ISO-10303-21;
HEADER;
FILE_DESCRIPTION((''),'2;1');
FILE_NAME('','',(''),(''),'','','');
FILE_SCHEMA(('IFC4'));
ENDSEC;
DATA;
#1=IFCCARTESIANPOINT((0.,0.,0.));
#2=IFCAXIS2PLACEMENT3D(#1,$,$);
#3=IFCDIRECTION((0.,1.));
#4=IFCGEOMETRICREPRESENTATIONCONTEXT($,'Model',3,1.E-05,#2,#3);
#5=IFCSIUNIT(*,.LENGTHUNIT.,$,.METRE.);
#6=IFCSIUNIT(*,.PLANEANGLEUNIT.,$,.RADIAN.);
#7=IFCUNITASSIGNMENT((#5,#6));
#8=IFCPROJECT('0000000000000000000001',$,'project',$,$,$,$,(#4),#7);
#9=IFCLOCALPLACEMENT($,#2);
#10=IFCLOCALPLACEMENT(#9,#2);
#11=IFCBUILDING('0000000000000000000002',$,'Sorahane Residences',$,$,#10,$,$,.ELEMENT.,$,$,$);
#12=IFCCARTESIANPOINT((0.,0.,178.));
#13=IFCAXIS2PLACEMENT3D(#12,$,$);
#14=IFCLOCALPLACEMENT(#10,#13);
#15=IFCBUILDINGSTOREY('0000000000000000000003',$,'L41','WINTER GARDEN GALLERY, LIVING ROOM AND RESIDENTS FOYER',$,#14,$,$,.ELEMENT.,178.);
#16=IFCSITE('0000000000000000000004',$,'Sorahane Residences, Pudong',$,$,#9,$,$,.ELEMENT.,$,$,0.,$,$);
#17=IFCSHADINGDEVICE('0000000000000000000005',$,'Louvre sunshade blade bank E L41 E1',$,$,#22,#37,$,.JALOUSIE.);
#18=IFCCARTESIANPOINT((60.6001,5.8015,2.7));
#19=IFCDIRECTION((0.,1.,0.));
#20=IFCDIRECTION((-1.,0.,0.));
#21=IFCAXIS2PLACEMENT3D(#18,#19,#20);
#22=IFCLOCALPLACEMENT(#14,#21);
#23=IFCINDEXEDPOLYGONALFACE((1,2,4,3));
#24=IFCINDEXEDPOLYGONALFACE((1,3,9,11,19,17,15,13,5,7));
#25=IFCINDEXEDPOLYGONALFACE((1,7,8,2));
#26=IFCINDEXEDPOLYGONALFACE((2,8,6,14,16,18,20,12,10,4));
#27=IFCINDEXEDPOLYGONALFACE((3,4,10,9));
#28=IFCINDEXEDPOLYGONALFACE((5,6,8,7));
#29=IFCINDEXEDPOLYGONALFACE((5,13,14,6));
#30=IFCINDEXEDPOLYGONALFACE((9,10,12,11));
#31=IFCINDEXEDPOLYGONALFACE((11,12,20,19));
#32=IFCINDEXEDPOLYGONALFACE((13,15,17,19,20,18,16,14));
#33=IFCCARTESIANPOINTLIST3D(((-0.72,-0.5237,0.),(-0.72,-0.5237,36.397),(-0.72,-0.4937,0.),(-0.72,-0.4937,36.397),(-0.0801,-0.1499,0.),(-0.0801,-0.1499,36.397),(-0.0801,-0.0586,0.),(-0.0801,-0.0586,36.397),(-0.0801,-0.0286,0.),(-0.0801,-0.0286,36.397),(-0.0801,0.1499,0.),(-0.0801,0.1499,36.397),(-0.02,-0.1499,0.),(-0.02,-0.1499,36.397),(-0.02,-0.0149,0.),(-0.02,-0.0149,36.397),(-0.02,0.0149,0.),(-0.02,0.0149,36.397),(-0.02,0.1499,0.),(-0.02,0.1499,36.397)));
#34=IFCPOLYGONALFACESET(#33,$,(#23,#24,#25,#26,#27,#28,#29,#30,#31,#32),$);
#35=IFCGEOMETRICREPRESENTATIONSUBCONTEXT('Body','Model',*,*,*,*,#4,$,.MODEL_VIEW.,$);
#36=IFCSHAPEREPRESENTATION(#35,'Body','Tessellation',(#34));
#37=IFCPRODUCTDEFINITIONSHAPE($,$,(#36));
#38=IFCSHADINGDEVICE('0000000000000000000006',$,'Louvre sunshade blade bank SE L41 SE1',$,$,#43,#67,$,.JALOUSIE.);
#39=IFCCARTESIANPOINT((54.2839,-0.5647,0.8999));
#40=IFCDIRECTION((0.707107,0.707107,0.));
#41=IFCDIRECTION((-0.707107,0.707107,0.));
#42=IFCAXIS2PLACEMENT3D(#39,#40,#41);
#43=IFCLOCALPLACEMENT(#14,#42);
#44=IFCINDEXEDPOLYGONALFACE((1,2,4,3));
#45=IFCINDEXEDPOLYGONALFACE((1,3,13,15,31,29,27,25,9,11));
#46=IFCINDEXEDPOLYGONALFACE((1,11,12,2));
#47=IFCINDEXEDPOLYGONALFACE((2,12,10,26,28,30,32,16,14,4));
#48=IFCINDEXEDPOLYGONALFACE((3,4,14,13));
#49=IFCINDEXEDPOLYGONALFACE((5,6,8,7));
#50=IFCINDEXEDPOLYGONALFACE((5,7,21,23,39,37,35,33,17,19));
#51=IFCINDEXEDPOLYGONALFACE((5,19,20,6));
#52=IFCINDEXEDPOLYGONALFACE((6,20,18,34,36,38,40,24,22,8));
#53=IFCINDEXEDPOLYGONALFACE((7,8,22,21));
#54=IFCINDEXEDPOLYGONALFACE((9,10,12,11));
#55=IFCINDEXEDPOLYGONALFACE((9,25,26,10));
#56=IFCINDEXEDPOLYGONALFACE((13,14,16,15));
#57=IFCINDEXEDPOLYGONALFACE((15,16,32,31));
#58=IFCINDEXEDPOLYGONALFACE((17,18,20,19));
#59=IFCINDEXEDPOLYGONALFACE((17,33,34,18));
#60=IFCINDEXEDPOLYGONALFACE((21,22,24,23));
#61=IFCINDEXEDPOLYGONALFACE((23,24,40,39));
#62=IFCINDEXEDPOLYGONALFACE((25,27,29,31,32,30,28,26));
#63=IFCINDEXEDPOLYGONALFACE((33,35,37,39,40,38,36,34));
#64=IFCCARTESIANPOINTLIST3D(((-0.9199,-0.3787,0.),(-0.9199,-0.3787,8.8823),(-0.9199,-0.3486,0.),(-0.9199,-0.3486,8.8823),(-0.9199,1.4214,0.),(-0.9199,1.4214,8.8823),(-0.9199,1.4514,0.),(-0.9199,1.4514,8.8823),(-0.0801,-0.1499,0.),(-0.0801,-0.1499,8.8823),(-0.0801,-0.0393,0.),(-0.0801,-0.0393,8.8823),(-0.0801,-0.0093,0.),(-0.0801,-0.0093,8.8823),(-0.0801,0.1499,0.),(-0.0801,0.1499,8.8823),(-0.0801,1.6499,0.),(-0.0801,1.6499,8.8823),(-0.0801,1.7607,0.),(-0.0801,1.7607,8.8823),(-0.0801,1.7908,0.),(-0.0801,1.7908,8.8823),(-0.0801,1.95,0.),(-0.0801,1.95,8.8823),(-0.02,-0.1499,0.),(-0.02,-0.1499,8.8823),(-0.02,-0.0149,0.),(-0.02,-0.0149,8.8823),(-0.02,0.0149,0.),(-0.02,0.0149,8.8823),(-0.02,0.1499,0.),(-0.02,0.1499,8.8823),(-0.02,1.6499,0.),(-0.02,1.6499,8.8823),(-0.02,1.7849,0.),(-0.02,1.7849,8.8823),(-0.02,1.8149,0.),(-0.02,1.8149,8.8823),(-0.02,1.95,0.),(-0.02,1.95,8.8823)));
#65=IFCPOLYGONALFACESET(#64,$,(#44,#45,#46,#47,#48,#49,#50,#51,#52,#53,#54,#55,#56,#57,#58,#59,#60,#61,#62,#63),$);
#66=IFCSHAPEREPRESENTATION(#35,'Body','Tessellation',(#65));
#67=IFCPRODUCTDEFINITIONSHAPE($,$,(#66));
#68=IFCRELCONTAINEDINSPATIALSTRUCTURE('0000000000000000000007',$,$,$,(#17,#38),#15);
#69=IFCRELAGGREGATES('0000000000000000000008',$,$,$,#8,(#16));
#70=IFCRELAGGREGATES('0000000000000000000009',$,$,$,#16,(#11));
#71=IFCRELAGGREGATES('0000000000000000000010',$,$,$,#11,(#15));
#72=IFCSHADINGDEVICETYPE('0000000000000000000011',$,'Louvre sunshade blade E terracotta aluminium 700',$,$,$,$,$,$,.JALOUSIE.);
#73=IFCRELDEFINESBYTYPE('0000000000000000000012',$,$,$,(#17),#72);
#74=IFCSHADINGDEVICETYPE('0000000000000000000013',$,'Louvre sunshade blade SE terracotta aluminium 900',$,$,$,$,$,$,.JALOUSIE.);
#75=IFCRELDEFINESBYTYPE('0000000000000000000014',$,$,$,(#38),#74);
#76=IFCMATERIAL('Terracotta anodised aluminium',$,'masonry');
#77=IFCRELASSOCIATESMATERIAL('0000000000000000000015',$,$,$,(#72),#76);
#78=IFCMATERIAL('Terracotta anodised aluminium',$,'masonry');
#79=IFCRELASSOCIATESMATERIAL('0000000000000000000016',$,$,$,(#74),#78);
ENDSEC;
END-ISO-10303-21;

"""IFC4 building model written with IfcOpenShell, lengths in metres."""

from ifc_helpers import new_model, si_unit, direction, frame, origin, place, context, subcontext, project, spatial, polyline, outline, composite_profile, extrude, material, type_object, element, save


model = new_model("IFC4")

# Units and contexts
model_context = context("Model", 3, precision=1e-05, world=origin(), true_north=direction((0.0, 1.0)))
body_context = subcontext(model_context, "Body", "Model", "MODEL_VIEW")
ifc_project = project(units=[si_unit("LENGTHUNIT", "METRE"), si_unit("PLANEANGLEUNIT", "RADIAN")], contexts=[model_context])

# Site, building, storey
site_placement = place(None, origin())
site = spatial("IfcSite", under=ifc_project, at=site_placement, Name="Sorahane Residences, Pudong", CompositionType="ELEMENT", RefElevation=0.0)
building_placement = place(site_placement, origin())
building = spatial("IfcBuilding", under=site, at=building_placement, Name="Sorahane Residences", CompositionType="ELEMENT")
storey_placement = place(building_placement, frame((0.0, 0.0, 178.0)))
storey = spatial("IfcBuildingStorey", under=building, at=storey_placement, Name="L41", Description="WINTER GARDEN GALLERY, LIVING ROOM AND RESIDENTS FOYER", CompositionType="ELEMENT", Elevation=178.0)

# Shading devices
ifc_material_1 = material(Name="Terracotta anodised aluminium", Category="masonry")
shading_device_type_1 = type_object("IfcShadingDeviceType", Name="Louvre sunshade blade E terracotta aluminium 700", PredefinedType="JALOUSIE", material=ifc_material_1)
shading_device_1_placement = place(storey_placement, frame((60.6001, 5.8015, 2.7), z_axis=(0.0, 1.0, 0.0), x_axis=(-1.0, 0.0, 0.0)))
element("IfcShadingDevice", 1, at=shading_device_1_placement, inside=storey, type_object=shading_device_type_1, Name="Louvre sunshade blade bank E L41 E1", PredefinedType="JALOUSIE", context=body_context, shape_type="SweptSolid", body=[
    extrude(outline(polyline([(-0.72, -0.4937), (-0.72, -0.5237), (-0.0801, -0.0586), (-0.0801, -0.1499), (-0.02, -0.1499), (-0.02, -0.0149), (-0.02, 0.0149), (-0.02, 0.1499), (-0.0801, 0.1499), (-0.0801, -0.0286), (-0.72, -0.4937)])), origin(), (0.0, 0.0, 1.0), 36.397),
])
ifc_material_2 = material(Name="Terracotta anodised aluminium", Category="masonry")
shading_device_type_2 = type_object("IfcShadingDeviceType", Name="Louvre sunshade blade SE terracotta aluminium 900", PredefinedType="JALOUSIE", material=ifc_material_2)
shading_device_2_placement = place(storey_placement, frame((54.2839, -0.5647, 0.8999), z_axis=(0.707107, 0.707107, 0.0), x_axis=(-0.707107, 0.707107, 0.0)))
element("IfcShadingDevice", 2, at=shading_device_2_placement, inside=storey, type_object=shading_device_type_2, Name="Louvre sunshade blade bank SE L41 SE1", PredefinedType="JALOUSIE", context=body_context, shape_type="SweptSolid", body=[
    extrude(composite_profile([outline(polyline([(-0.9199, -0.3486), (-0.9199, -0.3787), (-0.0801, -0.0393), (-0.0801, -0.1499), (-0.02, -0.1499), (-0.02, -0.0149), (-0.02, 0.0149), (-0.02, 0.1499), (-0.0801, 0.1499), (-0.0801, -0.0093), (-0.9199, -0.3486)])), outline(polyline([(-0.9199, 1.4514), (-0.9199, 1.4214), (-0.0801, 1.7607), (-0.0801, 1.6499), (-0.02, 1.6499), (-0.02, 1.7849), (-0.02, 1.8149), (-0.02, 1.95), (-0.0801, 1.95), (-0.0801, 1.7908), (-0.9199, 1.4514)]))]), origin(), (0.0, 0.0, 1.0), 8.8823),
])

save(model, "model.ifc")
